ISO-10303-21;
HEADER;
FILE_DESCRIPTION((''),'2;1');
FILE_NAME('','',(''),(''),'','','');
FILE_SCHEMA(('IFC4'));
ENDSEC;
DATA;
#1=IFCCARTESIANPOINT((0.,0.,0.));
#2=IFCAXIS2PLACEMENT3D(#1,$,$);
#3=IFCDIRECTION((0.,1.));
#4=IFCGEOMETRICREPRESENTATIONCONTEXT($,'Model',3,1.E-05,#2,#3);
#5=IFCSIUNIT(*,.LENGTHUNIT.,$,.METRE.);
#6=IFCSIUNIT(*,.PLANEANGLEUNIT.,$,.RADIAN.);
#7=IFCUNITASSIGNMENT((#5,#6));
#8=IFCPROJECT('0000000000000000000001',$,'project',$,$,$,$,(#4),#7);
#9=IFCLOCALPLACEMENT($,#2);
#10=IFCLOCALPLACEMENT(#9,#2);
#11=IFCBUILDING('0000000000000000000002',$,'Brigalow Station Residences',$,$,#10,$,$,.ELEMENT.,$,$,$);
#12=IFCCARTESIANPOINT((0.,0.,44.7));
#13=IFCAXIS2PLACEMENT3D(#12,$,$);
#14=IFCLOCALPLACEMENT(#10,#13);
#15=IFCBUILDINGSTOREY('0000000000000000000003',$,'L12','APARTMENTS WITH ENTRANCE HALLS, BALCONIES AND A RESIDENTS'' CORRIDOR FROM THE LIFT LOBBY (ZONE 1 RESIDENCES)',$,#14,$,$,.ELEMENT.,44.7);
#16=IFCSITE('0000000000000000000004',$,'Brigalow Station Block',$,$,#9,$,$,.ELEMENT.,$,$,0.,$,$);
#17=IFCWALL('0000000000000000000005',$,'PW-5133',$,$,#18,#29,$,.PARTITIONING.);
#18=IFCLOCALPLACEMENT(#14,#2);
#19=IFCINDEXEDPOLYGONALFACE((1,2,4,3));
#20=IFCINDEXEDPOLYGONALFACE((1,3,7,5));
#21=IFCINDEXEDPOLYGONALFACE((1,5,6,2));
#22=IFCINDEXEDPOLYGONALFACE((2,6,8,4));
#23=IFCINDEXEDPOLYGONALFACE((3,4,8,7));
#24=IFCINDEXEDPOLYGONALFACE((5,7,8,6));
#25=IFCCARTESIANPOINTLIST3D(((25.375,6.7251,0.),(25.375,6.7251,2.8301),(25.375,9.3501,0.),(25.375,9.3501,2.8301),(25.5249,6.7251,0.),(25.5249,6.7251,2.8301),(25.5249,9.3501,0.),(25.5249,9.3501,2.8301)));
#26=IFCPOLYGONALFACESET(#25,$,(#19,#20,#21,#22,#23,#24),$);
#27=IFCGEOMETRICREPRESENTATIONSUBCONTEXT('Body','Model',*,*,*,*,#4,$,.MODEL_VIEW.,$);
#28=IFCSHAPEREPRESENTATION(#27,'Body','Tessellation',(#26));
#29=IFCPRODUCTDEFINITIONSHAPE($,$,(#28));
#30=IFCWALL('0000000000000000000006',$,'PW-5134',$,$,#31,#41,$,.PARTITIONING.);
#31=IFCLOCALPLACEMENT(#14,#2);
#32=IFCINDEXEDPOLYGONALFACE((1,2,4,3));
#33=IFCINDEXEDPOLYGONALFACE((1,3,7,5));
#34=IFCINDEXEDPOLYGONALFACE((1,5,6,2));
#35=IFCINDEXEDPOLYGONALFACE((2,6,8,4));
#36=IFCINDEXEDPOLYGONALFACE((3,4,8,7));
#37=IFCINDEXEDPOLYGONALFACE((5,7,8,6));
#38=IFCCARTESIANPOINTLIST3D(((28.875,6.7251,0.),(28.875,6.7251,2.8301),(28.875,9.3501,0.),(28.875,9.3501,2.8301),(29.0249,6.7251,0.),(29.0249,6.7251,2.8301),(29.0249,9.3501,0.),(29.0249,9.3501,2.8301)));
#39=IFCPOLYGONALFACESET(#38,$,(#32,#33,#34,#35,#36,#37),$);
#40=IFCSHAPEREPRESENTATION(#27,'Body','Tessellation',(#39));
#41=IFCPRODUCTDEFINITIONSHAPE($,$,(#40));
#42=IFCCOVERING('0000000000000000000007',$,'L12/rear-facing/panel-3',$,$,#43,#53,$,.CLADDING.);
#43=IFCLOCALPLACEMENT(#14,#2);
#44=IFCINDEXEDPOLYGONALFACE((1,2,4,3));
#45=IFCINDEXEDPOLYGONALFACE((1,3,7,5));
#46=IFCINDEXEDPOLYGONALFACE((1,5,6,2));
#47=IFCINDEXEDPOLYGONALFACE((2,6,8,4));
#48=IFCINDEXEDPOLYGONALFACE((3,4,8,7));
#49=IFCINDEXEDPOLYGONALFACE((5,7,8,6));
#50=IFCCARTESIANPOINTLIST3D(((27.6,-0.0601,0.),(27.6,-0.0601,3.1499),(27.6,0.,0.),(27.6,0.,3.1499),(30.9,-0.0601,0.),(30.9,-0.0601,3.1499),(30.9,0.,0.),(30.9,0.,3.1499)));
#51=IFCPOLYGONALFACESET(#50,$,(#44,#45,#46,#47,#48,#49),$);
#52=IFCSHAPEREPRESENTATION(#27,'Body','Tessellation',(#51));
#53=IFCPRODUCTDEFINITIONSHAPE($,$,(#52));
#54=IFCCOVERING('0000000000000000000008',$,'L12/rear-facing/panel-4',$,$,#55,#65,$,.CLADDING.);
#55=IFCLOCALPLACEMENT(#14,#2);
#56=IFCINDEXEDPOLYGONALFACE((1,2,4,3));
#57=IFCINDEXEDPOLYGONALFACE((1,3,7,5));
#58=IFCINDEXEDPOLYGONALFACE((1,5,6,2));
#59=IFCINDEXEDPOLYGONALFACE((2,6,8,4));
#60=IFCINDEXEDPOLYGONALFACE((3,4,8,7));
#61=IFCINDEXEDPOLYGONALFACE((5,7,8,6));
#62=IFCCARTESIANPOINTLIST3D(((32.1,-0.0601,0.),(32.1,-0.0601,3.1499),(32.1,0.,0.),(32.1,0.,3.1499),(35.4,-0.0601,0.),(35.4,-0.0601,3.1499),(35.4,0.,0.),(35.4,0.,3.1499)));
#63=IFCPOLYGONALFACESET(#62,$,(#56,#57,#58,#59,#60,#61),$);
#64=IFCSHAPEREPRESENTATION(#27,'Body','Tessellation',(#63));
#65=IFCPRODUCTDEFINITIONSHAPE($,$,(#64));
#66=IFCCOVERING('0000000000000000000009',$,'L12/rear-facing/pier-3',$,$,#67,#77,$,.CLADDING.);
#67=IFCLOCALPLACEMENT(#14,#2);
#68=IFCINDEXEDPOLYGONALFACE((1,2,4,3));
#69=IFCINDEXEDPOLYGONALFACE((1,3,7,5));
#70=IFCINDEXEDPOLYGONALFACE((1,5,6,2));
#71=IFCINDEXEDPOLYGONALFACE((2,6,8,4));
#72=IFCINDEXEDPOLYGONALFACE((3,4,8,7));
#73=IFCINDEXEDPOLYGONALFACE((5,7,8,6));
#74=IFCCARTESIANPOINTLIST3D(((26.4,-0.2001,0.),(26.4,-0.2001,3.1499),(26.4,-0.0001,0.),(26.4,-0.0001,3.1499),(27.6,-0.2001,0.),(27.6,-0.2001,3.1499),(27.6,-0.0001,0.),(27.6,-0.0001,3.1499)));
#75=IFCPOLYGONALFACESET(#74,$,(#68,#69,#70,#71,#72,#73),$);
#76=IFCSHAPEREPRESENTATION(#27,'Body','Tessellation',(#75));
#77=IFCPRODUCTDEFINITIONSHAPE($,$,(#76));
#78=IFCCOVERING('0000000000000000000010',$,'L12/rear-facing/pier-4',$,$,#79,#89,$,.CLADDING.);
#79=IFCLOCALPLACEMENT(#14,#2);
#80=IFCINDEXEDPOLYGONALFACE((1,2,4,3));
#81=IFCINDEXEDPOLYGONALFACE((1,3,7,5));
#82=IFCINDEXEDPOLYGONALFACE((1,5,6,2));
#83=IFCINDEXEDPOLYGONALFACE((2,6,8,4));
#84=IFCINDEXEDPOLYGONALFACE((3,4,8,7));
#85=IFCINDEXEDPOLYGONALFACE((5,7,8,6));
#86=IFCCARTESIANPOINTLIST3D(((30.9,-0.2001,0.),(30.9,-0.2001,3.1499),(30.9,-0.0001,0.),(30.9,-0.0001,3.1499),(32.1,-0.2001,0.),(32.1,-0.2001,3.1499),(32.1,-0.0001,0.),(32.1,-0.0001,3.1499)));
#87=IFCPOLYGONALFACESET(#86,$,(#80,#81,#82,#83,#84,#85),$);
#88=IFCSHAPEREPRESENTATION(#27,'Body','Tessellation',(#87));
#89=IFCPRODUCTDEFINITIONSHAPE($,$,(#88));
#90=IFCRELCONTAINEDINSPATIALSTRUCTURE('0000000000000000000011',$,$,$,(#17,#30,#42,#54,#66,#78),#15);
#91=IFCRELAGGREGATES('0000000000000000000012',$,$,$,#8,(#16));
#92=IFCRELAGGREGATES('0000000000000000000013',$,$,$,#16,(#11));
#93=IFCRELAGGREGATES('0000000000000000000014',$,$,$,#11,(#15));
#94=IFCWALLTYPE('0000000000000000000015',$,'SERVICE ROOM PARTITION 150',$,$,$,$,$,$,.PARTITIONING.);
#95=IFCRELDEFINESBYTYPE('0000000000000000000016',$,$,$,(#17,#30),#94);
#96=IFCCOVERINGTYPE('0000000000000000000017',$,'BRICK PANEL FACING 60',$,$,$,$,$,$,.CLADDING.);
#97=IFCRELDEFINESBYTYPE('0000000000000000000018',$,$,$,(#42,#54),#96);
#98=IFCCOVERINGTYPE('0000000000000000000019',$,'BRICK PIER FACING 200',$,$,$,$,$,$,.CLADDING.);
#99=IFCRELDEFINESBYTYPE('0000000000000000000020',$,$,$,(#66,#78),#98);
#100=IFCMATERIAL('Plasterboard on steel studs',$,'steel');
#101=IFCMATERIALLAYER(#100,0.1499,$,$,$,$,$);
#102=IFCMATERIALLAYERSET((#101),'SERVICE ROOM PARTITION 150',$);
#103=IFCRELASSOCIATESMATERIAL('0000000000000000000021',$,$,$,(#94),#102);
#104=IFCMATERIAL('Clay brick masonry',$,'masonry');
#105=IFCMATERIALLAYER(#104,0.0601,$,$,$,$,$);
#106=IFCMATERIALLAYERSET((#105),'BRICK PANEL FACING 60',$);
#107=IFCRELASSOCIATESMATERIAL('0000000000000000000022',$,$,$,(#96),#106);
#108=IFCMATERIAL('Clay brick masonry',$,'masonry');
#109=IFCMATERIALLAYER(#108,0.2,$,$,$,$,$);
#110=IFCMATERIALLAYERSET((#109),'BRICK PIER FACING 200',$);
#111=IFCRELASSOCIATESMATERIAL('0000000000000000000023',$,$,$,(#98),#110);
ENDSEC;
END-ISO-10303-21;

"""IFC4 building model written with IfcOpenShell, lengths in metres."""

from ifc_helpers import new_model, si_unit, direction, frame, frame_2d, origin, origin_2d, place, context, subcontext, project, spatial, rectangle, extrude, material, layer, layer_set, type_object, element, save


model = new_model("IFC4")

# Units and contexts
model_context = context("Model", 3, precision=1e-05, world=origin(), true_north=direction((0.0, 1.0)))
body_context = subcontext(model_context, "Body", "Model", "MODEL_VIEW")
ifc_project = project(units=[si_unit("LENGTHUNIT", "METRE"), si_unit("PLANEANGLEUNIT", "RADIAN")], contexts=[model_context])

# Site, building, storey
site_placement = place(None, origin())
site = spatial("IfcSite", under=ifc_project, at=site_placement, Name="Brigalow Station Block", CompositionType="ELEMENT", RefElevation=0.0)
building_placement = place(site_placement, origin())
building = spatial("IfcBuilding", under=site, at=building_placement, Name="Brigalow Station Residences", CompositionType="ELEMENT")
storey_placement = place(building_placement, frame((0.0, 0.0, 44.7)))
storey = spatial("IfcBuildingStorey", under=building, at=storey_placement, Name="L12", Description="APARTMENTS WITH ENTRANCE HALLS, BALCONIES AND A RESIDENTS' CORRIDOR FROM THE LIFT LOBBY (ZONE 1 RESIDENCES)", CompositionType="ELEMENT", Elevation=44.7)

# Shared definitions
ifc_material_1 = material(Name="Plasterboard on steel studs", Category="steel")
ifc_layer_1 = layer(ifc_material_1, 0.1499)
ifc_layer_set_1 = layer_set([ifc_layer_1], Name="SERVICE ROOM PARTITION 150")
wall_type_1 = type_object("IfcWallType", Name="SERVICE ROOM PARTITION 150", PredefinedType="PARTITIONING", material=ifc_layer_set_1)

# Walls
for number, where, z_axis, x_axis, name in (
    (1, (25.45, 6.7251, 0.0), (0.0, 0.0, 1.0), (0.0, 1.0, 0.0), "PW-5133"),
    (2, (28.95, 6.7251, 0.0), (0.0, 0.0, 1.0), (0.0, 1.0, 0.0), "PW-5134"),
):
    element("IfcWall", number, at=place(storey_placement, frame(where, z_axis=z_axis, x_axis=x_axis)), inside=storey, type_object=wall_type_1, Name=name, PredefinedType="PARTITIONING", context=body_context, shape_type="SweptSolid", body=[
        extrude(rectangle(XDim=2.625, YDim=0.1499, at=frame_2d((1.3125, 0.0))), origin(), (0.0, 0.0, 1.0), 2.8301),
    ])

# Coverings
ifc_material_2 = material(Name="Clay brick masonry", Category="masonry")
ifc_layer_2 = layer(ifc_material_2, 0.0601)
ifc_layer_set_2 = layer_set([ifc_layer_2], Name="BRICK PANEL FACING 60")
covering_type_1 = type_object("IfcCoveringType", Name="BRICK PANEL FACING 60", PredefinedType="CLADDING", material=ifc_layer_set_2)
for number, where, z_axis, x_axis, name in (
    (3, (29.25, -0.03, 0.0), (0.0, 0.0, 1.0), (1.0, 0.0, 0.0), "L12/rear-facing/panel-3"),
    (4, (33.75, -0.03, 0.0), (0.0, 0.0, 1.0), (1.0, 0.0, 0.0), "L12/rear-facing/panel-4"),
):
    element("IfcCovering", number, at=place(storey_placement, frame(where, z_axis=z_axis, x_axis=x_axis)), inside=storey, type_object=covering_type_1, Name=name, PredefinedType="CLADDING", context=body_context, shape_type="SweptSolid", body=[
        extrude(rectangle(XDim=3.3, YDim=0.0601, at=origin_2d()), origin(), (0.0, 0.0, 1.0), 3.1499),
    ])
ifc_material_3 = material(Name="Clay brick masonry", Category="masonry")
ifc_layer_3 = layer(ifc_material_3, 0.2)
ifc_layer_set_3 = layer_set([ifc_layer_3], Name="BRICK PIER FACING 200")
covering_type_2 = type_object("IfcCoveringType", Name="BRICK PIER FACING 200", PredefinedType="CLADDING", material=ifc_layer_set_3)
for number, where, z_axis, x_axis, name in (
    (5, (27.0, -0.1001, 0.0), (0.0, 0.0, 1.0), (1.0, 0.0, 0.0), "L12/rear-facing/pier-3"),
    (6, (31.5, -0.1001, 0.0), (0.0, 0.0, 1.0), (1.0, 0.0, 0.0), "L12/rear-facing/pier-4"),
):
    element("IfcCovering", number, at=place(storey_placement, frame(where, z_axis=z_axis, x_axis=x_axis)), inside=storey, type_object=covering_type_2, Name=name, PredefinedType="CLADDING", context=body_context, shape_type="SweptSolid", body=[
        extrude(rectangle(XDim=1.2, YDim=0.2, at=origin_2d()), origin(), (0.0, 0.0, 1.0), 3.1499),
    ])

save(model, "model.ifc")
